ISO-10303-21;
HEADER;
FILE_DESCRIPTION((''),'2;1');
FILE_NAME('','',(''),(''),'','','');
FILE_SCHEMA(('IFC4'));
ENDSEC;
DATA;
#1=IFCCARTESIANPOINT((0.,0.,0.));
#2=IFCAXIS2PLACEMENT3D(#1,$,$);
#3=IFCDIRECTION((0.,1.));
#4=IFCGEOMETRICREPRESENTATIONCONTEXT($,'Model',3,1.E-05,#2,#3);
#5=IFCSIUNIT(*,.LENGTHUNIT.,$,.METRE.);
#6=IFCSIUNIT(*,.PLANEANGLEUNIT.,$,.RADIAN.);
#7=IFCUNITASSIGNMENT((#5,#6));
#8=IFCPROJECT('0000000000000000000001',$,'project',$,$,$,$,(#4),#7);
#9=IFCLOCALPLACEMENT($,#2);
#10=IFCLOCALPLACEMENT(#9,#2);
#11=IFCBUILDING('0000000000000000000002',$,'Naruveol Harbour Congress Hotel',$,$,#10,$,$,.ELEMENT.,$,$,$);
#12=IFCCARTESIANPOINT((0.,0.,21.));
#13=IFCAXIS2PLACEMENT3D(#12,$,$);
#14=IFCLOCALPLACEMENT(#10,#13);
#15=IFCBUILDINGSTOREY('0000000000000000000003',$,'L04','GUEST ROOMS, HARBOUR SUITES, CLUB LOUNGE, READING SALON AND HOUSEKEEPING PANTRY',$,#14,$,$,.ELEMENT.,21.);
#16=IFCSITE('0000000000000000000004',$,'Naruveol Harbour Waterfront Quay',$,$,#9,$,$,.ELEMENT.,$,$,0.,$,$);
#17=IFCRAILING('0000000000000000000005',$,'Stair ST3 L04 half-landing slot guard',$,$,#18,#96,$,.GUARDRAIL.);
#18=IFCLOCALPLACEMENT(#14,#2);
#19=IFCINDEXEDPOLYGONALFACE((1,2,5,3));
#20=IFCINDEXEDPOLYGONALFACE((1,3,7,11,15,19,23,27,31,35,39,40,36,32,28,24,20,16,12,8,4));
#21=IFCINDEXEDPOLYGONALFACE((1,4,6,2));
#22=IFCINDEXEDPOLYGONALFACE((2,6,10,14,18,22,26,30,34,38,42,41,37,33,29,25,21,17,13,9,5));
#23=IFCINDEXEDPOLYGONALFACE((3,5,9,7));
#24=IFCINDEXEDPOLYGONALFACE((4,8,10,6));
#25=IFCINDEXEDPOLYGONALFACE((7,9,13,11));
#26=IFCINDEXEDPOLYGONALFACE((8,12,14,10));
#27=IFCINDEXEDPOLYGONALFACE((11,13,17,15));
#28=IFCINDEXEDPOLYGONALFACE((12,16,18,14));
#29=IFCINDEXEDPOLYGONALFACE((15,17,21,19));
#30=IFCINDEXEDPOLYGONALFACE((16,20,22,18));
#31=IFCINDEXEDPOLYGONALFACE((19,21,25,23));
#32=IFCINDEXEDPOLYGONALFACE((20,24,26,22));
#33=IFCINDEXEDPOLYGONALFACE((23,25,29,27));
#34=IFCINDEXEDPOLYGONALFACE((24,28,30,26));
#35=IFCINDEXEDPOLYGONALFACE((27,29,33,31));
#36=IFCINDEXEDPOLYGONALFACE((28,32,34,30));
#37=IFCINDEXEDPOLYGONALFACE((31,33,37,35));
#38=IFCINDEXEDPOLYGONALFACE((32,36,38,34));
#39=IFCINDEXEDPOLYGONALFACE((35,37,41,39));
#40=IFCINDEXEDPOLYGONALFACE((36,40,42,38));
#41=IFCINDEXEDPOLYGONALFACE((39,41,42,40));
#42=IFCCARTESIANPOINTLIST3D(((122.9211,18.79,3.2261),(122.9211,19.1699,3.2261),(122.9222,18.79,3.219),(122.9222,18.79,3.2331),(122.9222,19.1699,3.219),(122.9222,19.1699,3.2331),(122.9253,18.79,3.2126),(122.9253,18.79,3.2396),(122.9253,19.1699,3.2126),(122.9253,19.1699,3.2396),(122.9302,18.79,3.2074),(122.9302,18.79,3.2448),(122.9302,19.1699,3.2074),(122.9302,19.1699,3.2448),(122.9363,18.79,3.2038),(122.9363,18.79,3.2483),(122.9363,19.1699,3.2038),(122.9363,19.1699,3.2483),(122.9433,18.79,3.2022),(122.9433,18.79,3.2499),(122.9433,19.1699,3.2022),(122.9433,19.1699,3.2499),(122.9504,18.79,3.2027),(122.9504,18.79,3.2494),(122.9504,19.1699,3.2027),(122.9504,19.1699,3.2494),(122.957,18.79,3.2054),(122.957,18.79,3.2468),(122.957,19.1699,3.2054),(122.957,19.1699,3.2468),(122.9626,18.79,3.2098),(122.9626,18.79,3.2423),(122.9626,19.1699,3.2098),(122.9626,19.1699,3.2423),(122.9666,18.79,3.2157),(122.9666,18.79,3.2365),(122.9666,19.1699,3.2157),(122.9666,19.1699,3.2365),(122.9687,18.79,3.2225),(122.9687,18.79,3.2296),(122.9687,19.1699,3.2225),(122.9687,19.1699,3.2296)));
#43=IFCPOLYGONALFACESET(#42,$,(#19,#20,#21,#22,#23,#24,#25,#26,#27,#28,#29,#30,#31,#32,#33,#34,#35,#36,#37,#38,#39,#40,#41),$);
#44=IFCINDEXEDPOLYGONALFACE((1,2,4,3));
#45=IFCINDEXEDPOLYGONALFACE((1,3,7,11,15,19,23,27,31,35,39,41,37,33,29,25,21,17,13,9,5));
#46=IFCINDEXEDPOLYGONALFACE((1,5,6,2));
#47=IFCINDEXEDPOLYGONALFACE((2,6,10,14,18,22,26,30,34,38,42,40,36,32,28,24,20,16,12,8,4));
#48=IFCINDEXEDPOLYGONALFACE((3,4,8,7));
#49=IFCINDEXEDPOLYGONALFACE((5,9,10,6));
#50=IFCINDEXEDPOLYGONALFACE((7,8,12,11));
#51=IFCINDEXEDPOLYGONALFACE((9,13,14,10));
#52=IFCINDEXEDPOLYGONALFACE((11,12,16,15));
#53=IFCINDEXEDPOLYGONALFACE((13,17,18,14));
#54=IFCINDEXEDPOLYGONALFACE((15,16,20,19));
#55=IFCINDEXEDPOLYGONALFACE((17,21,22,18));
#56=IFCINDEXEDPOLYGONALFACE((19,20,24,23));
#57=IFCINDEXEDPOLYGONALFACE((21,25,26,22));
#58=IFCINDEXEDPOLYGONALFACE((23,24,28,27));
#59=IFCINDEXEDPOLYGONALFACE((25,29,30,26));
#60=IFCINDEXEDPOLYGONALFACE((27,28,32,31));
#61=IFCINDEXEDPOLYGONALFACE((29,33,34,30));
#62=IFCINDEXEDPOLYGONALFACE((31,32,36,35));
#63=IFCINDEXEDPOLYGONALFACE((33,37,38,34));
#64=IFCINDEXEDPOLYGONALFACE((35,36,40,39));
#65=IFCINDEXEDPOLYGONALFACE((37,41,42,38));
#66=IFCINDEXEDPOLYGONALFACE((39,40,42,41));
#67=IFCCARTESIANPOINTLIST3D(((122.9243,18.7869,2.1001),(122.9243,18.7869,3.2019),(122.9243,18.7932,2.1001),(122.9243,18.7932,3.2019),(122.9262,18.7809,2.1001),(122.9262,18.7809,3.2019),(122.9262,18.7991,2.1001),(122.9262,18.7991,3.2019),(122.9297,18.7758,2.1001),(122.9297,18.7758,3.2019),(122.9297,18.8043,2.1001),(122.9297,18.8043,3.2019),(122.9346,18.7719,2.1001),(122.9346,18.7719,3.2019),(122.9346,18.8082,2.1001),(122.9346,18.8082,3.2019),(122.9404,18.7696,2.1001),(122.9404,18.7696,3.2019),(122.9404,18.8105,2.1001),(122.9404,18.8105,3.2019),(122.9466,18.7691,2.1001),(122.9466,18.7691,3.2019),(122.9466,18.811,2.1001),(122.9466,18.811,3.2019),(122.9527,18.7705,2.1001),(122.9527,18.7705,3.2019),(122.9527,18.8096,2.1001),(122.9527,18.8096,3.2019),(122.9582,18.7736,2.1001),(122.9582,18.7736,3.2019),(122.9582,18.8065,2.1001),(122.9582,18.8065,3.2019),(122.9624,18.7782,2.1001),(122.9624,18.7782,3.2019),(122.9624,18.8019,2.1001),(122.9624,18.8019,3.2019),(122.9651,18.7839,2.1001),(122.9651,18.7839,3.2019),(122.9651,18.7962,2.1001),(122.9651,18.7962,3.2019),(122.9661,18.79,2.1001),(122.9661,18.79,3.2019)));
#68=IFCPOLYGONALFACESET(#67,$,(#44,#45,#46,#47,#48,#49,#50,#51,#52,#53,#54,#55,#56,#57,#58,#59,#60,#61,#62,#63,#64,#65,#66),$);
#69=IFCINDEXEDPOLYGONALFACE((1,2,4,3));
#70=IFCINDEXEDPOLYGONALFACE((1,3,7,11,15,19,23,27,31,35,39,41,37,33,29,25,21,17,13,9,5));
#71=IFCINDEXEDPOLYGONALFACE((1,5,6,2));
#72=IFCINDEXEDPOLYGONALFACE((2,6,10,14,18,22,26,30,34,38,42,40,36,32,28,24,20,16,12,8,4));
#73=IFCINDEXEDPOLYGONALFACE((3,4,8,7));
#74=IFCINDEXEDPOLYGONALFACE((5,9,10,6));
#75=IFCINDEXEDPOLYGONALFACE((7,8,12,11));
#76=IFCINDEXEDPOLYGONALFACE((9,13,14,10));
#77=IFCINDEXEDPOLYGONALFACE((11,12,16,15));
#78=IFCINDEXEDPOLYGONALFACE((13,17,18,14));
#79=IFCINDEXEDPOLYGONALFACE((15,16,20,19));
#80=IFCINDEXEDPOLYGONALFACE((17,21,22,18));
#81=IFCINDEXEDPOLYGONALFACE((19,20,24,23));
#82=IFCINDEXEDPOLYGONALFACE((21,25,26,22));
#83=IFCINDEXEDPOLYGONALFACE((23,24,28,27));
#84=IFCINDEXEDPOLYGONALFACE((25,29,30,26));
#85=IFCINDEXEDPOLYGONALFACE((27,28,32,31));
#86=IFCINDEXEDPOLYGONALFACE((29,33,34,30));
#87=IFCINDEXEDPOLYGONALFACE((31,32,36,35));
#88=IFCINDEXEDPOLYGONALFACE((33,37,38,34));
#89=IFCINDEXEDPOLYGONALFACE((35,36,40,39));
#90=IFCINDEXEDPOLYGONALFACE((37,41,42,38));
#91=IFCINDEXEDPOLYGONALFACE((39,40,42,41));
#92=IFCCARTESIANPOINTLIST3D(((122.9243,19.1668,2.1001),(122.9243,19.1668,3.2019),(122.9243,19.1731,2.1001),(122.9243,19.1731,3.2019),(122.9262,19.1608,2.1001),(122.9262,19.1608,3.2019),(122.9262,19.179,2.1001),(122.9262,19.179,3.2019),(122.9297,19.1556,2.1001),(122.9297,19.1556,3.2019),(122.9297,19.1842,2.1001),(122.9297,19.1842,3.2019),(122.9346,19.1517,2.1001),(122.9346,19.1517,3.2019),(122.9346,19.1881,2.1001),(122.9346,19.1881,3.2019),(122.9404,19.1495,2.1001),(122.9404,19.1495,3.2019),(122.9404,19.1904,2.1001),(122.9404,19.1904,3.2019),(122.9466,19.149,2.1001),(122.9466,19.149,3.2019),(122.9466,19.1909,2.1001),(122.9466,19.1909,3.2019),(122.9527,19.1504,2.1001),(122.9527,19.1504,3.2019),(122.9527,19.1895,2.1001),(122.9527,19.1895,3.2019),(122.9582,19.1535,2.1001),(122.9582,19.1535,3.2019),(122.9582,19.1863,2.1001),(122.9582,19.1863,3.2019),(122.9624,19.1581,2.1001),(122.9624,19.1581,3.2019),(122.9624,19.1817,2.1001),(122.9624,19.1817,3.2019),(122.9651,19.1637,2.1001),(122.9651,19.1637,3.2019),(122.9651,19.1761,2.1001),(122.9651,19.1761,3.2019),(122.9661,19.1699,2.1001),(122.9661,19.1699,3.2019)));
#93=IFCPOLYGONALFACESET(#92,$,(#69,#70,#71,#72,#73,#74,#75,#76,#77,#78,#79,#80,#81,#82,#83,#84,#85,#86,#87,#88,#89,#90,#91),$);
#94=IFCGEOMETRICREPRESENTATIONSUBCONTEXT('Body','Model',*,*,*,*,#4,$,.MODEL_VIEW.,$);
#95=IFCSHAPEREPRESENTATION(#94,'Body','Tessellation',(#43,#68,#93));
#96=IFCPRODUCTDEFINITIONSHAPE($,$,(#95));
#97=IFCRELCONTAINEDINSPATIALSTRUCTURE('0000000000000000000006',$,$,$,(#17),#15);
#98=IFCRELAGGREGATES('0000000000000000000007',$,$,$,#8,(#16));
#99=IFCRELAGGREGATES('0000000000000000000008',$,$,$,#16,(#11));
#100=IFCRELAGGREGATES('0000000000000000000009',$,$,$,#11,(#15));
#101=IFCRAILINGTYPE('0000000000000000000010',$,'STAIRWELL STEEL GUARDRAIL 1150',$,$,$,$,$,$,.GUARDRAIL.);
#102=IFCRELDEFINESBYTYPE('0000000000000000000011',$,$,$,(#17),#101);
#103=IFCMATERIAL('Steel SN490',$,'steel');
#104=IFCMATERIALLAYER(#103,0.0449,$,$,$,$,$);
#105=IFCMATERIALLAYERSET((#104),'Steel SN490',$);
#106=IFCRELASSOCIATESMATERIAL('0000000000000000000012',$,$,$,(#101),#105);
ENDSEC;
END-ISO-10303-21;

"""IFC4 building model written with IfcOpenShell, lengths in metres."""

from ifc_helpers import new_model, si_unit, direction, frame, origin, origin_2d, place, context, subcontext, project, spatial, circle, extrude, material, layer, layer_set, type_object, element, save


model = new_model("IFC4")

# Units and contexts
model_context = context("Model", 3, precision=1e-05, world=origin(), true_north=direction((0.0, 1.0)))
body_context = subcontext(model_context, "Body", "Model", "MODEL_VIEW")
ifc_project = project(units=[si_unit("LENGTHUNIT", "METRE"), si_unit("PLANEANGLEUNIT", "RADIAN")], contexts=[model_context])

# Site, building, storey
site_placement = place(None, origin())
site = spatial("IfcSite", under=ifc_project, at=site_placement, Name="Naruveol Harbour Waterfront Quay", CompositionType="ELEMENT", RefElevation=0.0)
building_placement = place(site_placement, origin())
building = spatial("IfcBuilding", under=site, at=building_placement, Name="Naruveol Harbour Congress Hotel", CompositionType="ELEMENT")
storey_placement = place(building_placement, frame((0.0, 0.0, 21.0)))
storey = spatial("IfcBuildingStorey", under=building, at=storey_placement, Name="L04", Description="GUEST ROOMS, HARBOUR SUITES, CLUB LOUNGE, READING SALON AND HOUSEKEEPING PANTRY", CompositionType="ELEMENT", Elevation=21.0)

# Railing
ifc_material_1 = material(Name="Steel SN490", Category="steel")
ifc_layer_1 = layer(ifc_material_1, 0.0449)
ifc_layer_set_1 = layer_set([ifc_layer_1], Name="Steel SN490")
railing_type_1 = type_object("IfcRailingType", Name="STAIRWELL STEEL GUARDRAIL 1150", PredefinedType="GUARDRAIL", material=ifc_layer_set_1)
railing_1_placement = place(storey_placement, frame((122.9451, 18.79, 2.1001)))
element("IfcRailing", 1, at=railing_1_placement, inside=storey, type_object=railing_type_1, Name="Stair ST3 L04 half-landing slot guard", PredefinedType="GUARDRAIL", context=body_context, shape_type="SweptSolid", body=[
    extrude(circle(Radius=0.0239, at=origin_2d()), frame((0.0, 0.0, 1.126), z_axis=(0.0, 1.0, 0.0), x_axis=(-1.0, 0.0, 0.0)), (0.0, 0.0, 1.0), 0.3799),
    extrude(circle(Radius=0.021, at=origin_2d()), origin(), (0.0, 0.0, 1.0), 1.1018),
    extrude(circle(Radius=0.021, at=origin_2d()), frame((0.0, 0.3799, 0.0)), (0.0, 0.0, 1.0), 1.1018),
])

save(model, "model.ifc")
